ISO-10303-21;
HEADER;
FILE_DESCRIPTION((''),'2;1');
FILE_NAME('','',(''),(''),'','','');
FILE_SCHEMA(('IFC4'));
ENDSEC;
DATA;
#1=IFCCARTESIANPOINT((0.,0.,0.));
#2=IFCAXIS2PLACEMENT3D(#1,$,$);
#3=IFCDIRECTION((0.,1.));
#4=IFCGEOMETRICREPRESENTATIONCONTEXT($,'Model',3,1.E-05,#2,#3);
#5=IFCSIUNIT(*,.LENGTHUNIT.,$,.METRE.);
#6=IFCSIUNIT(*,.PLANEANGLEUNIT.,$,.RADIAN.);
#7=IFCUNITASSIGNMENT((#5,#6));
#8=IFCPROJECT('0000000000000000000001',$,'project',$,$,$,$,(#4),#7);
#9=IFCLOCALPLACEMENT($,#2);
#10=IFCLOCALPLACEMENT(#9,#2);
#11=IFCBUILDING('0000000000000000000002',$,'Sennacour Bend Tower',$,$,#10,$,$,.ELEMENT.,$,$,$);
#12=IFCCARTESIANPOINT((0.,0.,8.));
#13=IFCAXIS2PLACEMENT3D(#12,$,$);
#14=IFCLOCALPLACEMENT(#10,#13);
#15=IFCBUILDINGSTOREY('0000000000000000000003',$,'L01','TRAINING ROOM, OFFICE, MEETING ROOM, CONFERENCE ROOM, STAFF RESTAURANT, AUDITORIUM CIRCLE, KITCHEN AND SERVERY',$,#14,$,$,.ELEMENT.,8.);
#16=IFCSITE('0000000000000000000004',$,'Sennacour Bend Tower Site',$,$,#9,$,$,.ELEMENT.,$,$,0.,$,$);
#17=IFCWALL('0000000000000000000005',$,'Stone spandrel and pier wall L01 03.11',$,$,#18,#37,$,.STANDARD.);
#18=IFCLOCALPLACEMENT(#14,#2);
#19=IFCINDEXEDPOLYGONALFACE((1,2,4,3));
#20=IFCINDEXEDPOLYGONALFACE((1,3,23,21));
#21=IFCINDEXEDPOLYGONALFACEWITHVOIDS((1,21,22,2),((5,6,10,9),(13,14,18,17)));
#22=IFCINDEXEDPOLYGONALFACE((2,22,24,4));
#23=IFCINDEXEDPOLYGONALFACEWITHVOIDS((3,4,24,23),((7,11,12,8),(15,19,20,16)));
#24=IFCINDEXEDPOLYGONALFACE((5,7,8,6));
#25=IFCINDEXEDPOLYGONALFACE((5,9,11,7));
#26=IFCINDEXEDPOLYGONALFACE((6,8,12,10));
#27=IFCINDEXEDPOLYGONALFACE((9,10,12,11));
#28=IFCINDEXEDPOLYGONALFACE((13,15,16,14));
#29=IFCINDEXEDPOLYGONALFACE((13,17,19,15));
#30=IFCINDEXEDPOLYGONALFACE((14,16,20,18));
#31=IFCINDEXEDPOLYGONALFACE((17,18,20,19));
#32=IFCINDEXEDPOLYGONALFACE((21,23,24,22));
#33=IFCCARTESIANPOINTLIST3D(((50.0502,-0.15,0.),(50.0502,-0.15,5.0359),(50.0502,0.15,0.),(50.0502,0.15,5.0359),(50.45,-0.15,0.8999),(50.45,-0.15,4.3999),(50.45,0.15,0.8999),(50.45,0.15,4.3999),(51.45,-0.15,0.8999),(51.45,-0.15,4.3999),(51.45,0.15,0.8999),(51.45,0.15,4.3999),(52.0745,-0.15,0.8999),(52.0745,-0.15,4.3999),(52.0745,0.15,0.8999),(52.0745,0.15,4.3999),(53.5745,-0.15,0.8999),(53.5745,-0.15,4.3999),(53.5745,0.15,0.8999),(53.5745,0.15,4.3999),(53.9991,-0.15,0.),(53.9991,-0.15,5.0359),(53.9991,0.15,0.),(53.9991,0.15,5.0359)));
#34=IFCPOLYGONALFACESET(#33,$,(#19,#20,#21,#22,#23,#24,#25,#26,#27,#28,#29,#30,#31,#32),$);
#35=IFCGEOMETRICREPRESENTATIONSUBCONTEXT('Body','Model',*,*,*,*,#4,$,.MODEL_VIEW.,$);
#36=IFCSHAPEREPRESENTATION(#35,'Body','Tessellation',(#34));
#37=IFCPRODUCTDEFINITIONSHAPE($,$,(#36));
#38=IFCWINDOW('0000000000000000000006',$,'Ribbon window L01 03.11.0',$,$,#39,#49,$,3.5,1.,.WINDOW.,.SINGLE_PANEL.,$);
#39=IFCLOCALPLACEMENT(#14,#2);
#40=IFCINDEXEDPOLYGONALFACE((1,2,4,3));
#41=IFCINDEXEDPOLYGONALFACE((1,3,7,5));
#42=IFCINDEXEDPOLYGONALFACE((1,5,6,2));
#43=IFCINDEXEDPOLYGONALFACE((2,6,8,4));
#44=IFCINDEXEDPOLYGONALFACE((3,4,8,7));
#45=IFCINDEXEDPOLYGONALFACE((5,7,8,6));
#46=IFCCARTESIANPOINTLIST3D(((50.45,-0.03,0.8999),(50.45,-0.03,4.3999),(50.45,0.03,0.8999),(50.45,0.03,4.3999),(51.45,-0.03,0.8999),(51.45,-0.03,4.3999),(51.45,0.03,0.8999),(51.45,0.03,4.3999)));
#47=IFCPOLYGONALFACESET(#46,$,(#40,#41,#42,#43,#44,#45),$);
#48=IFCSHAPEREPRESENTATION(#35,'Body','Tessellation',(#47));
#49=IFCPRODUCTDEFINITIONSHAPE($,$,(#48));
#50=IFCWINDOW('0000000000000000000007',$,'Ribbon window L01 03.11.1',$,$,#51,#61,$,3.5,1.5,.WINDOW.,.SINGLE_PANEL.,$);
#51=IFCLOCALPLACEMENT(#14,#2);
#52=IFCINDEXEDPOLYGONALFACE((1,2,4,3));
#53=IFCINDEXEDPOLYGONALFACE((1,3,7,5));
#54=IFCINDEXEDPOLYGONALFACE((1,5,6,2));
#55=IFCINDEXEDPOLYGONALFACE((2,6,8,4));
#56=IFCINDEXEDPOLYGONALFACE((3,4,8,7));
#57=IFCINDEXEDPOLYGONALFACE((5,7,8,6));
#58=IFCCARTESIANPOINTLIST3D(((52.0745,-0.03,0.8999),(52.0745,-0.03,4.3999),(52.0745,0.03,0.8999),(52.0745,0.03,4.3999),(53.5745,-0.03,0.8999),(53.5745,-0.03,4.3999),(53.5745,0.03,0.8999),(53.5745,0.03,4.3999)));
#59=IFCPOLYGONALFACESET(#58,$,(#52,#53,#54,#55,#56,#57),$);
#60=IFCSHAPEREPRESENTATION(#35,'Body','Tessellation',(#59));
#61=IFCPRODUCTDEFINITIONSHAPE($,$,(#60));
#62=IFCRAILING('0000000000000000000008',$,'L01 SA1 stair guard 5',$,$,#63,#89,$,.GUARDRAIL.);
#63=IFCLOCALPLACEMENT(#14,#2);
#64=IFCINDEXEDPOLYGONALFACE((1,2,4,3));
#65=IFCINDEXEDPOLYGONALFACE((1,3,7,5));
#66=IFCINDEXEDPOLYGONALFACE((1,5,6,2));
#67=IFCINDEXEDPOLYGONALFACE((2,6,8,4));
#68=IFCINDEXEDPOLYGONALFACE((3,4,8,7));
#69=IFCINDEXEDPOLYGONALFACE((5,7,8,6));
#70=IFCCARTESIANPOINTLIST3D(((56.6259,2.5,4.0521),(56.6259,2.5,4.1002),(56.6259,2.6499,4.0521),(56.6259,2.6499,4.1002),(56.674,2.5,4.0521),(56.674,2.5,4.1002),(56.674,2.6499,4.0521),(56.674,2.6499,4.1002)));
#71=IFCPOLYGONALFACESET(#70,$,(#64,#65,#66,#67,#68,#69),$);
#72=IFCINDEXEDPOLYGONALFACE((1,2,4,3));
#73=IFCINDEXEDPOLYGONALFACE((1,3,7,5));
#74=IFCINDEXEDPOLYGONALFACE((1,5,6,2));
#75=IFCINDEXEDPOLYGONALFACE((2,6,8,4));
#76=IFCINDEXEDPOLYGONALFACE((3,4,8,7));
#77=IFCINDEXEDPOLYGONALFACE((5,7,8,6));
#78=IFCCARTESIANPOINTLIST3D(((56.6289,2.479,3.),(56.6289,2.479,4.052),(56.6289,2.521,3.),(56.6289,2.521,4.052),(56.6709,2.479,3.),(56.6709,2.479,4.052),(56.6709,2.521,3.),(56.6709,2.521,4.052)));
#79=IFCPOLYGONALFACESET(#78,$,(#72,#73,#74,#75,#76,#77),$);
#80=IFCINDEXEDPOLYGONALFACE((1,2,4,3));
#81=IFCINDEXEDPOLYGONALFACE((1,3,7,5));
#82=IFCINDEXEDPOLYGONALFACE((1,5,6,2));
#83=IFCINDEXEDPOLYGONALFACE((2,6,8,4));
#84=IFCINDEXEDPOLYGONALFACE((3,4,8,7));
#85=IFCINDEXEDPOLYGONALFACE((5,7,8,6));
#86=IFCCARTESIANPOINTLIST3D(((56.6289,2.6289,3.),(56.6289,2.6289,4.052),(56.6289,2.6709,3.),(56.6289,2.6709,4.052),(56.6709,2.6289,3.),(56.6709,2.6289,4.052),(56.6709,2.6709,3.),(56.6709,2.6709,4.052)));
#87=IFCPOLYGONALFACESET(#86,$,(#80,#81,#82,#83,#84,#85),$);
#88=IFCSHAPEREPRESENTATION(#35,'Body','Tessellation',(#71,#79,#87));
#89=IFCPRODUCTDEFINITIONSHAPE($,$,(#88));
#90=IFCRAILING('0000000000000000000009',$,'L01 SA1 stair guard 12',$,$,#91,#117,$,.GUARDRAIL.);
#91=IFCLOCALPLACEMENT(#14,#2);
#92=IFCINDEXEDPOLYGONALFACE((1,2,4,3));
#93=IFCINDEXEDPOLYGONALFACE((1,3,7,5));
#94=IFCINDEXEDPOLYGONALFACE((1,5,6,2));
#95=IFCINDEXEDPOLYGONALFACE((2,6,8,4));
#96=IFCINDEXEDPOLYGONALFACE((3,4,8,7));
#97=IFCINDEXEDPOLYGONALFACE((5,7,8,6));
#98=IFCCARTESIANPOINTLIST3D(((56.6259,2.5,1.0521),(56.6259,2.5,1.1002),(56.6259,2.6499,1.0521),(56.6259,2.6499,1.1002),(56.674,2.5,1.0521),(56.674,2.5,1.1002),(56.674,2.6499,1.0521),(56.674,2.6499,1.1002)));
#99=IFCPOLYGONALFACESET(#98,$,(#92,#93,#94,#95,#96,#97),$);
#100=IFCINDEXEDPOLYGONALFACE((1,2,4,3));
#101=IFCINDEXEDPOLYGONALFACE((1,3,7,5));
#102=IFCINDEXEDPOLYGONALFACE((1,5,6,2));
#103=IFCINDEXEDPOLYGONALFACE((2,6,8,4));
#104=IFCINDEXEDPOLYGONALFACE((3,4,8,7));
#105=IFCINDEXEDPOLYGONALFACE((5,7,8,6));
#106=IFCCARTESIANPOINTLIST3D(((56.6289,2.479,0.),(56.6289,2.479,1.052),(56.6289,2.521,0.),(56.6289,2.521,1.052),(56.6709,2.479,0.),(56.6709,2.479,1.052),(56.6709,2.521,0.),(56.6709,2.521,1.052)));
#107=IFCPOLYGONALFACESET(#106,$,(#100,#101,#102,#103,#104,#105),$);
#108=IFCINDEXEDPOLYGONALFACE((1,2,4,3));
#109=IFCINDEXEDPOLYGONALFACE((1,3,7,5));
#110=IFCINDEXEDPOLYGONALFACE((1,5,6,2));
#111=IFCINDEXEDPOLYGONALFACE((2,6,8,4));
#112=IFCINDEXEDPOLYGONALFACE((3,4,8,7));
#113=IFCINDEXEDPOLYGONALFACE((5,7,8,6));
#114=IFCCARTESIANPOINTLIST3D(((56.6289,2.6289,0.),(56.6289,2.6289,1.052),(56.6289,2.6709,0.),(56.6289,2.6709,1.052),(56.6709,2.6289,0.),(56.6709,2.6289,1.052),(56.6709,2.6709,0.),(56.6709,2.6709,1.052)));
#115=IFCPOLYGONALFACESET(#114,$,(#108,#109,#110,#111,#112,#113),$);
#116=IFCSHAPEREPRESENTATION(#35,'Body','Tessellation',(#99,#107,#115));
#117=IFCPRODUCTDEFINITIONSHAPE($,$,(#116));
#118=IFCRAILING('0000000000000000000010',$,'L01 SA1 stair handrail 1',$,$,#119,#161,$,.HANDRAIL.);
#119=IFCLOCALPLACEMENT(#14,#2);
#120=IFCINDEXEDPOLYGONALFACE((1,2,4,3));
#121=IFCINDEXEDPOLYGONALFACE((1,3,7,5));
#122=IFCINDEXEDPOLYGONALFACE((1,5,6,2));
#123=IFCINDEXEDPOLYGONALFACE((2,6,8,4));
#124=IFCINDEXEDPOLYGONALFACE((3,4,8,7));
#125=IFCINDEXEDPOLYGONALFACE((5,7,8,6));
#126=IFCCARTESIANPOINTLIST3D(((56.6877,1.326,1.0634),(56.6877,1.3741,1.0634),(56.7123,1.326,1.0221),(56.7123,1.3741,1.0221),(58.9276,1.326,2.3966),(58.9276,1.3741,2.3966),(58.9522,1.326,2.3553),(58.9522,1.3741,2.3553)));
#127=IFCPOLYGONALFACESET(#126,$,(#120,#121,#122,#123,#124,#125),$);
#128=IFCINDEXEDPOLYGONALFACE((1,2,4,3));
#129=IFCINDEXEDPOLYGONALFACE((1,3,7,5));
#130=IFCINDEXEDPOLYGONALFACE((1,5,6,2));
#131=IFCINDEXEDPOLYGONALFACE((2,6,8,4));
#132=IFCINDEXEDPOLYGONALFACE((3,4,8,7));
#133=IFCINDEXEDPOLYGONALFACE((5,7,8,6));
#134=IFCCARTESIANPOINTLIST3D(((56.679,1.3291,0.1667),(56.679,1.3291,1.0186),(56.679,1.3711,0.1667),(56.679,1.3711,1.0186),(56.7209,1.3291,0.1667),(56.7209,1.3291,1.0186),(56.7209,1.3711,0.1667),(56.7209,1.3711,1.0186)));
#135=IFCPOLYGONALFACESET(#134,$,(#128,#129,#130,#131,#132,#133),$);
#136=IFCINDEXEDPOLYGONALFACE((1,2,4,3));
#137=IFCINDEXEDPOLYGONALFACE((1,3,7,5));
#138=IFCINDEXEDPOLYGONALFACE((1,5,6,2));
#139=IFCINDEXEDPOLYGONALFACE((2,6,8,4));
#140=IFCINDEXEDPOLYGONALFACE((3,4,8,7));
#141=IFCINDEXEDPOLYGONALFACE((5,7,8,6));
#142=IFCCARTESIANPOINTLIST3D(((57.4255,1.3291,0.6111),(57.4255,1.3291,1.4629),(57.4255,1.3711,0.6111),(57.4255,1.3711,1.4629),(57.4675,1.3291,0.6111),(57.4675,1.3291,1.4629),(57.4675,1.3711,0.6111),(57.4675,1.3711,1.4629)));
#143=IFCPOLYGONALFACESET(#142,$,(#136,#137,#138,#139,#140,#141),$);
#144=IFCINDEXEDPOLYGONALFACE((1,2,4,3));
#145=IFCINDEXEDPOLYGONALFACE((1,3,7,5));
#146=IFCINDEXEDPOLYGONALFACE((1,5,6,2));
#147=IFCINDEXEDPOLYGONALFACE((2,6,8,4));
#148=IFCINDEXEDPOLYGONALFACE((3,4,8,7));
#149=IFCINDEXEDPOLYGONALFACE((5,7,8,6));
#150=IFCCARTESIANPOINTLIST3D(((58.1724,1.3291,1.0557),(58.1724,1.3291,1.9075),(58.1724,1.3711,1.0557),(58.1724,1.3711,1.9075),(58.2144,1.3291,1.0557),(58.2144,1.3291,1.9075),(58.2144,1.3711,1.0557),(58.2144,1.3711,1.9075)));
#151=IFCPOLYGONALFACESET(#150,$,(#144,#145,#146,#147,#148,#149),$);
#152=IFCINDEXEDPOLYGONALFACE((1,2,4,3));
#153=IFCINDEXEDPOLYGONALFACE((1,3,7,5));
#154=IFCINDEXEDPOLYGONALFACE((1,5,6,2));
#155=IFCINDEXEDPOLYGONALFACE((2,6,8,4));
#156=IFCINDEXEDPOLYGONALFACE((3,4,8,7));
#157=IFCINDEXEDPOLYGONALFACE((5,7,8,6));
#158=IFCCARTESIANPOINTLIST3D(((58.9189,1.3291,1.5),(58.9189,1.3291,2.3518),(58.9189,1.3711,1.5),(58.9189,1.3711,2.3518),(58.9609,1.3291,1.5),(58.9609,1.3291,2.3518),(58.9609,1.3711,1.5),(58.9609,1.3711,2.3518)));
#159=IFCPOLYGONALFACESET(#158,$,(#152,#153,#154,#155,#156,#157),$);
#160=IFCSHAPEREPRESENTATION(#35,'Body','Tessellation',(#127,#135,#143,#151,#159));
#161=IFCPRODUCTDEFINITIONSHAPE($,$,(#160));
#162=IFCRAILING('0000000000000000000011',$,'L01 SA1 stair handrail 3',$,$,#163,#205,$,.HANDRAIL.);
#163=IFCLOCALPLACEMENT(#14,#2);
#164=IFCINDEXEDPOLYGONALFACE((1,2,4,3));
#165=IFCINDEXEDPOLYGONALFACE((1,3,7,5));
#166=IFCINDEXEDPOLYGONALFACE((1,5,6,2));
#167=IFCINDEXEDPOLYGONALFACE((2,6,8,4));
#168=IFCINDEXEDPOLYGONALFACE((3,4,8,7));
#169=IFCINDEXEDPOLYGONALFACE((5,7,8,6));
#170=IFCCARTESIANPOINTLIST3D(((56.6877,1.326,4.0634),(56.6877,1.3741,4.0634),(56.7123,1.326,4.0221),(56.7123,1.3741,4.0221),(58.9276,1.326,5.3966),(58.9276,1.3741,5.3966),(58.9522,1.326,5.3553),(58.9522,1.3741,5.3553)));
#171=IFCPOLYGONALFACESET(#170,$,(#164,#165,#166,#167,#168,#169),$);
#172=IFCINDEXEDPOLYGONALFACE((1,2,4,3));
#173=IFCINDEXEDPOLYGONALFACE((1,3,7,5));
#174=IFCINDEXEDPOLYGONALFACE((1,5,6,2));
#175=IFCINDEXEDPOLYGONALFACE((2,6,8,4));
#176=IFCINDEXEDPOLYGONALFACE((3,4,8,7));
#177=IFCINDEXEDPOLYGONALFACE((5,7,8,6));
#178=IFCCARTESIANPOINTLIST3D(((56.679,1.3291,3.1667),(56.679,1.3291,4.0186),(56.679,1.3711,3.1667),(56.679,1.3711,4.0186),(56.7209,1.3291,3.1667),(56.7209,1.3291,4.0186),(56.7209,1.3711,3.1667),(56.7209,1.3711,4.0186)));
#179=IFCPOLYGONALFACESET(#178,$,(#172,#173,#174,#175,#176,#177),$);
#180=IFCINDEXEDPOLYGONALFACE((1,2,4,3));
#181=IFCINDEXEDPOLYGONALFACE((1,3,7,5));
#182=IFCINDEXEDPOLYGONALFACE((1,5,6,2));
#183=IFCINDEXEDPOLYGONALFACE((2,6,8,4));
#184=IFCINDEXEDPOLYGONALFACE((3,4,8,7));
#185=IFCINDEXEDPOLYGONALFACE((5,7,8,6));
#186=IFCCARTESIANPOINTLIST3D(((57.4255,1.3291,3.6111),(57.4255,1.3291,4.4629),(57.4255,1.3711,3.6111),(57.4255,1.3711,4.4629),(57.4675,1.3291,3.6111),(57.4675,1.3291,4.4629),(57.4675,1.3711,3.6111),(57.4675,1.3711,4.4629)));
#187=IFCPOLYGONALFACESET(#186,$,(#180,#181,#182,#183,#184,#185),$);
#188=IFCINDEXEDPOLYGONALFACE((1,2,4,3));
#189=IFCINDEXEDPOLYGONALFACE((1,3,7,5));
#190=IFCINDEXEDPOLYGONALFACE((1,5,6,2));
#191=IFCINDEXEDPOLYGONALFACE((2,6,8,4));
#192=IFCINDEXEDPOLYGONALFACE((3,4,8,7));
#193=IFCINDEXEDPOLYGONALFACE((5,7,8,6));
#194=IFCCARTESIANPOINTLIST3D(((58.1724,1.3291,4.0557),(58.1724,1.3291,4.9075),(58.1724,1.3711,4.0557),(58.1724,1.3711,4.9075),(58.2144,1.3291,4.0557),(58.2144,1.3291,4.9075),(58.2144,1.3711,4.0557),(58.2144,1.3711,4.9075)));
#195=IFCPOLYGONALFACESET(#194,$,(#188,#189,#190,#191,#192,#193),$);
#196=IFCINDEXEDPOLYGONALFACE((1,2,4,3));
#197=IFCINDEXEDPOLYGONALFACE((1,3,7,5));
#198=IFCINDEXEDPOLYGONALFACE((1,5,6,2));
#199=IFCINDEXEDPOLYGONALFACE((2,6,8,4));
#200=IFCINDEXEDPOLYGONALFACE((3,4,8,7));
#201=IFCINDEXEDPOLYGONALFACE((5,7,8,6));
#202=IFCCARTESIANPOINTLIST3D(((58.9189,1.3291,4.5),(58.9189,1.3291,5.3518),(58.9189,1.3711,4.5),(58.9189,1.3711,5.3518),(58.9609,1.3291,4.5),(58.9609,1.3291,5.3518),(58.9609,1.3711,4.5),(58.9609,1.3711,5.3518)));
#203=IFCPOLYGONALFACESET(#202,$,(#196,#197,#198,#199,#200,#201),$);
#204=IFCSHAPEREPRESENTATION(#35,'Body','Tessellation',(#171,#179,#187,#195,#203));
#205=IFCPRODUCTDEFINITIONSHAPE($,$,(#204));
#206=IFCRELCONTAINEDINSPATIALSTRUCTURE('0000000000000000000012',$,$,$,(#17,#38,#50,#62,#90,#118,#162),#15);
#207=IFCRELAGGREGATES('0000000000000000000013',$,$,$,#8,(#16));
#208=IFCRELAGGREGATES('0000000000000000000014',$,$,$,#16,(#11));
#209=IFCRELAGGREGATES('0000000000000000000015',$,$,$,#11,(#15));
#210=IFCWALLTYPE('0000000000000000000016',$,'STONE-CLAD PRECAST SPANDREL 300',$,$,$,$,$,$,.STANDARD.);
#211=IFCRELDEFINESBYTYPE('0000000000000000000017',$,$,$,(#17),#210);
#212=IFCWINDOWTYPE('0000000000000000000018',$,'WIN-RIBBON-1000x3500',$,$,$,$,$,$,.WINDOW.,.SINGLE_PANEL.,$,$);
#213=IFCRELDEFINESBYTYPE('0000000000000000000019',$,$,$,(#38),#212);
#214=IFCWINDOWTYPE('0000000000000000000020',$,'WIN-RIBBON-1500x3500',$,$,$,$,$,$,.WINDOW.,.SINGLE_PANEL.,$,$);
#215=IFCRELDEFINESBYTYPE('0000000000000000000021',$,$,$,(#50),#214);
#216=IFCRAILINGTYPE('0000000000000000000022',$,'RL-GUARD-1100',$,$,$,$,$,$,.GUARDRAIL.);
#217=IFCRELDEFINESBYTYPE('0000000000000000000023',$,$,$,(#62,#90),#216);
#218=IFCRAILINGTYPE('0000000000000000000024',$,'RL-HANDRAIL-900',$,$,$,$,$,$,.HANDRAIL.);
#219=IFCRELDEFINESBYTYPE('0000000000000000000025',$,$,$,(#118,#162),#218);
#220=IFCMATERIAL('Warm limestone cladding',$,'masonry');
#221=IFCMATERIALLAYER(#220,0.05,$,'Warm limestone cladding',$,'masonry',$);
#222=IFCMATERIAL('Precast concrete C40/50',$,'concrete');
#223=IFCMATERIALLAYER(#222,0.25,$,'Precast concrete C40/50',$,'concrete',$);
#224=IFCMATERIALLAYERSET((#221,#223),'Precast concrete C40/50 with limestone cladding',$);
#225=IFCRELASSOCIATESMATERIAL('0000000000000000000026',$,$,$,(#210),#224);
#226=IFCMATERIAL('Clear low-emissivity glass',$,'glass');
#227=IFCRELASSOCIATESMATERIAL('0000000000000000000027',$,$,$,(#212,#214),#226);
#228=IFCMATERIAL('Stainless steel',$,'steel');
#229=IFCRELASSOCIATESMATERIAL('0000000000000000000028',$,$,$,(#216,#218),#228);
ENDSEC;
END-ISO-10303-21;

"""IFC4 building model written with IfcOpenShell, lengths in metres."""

from ifc_helpers import new_model, si_unit, direction, frame, frame_2d, origin, origin_2d, place, context, subcontext, project, spatial, rectangle, extrude, material, layer, layer_set, type_object, element, fill, save


model = new_model("IFC4")

# Units and contexts
model_context = context("Model", 3, precision=1e-05, world=origin(), true_north=direction((0.0, 1.0)))
body_context = subcontext(model_context, "Body", "Model", "MODEL_VIEW")
ifc_project = project(units=[si_unit("LENGTHUNIT", "METRE"), si_unit("PLANEANGLEUNIT", "RADIAN")], contexts=[model_context])

# Site, building, storey
site_placement = place(None, origin())
site = spatial("IfcSite", under=ifc_project, at=site_placement, Name="Sennacour Bend Tower Site", CompositionType="ELEMENT", RefElevation=0.0)
building_placement = place(site_placement, origin())
building = spatial("IfcBuilding", under=site, at=building_placement, Name="Sennacour Bend Tower", CompositionType="ELEMENT")
storey_placement = place(building_placement, frame((0.0, 0.0, 8.0)))
storey = spatial("IfcBuildingStorey", under=building, at=storey_placement, Name="L01", Description="TRAINING ROOM, OFFICE, MEETING ROOM, CONFERENCE ROOM, STAFF RESTAURANT, AUDITORIUM CIRCLE, KITCHEN AND SERVERY", CompositionType="ELEMENT", Elevation=8.0)

# Wall, openings, windows
ifc_material_1 = material(Name="Warm limestone cladding", Category="masonry")
ifc_layer_1 = layer(ifc_material_1, 0.05, Name="Warm limestone cladding", Category="masonry")
ifc_material_2 = material(Name="Precast concrete C40/50", Category="concrete")
ifc_layer_2 = layer(ifc_material_2, 0.25, Name="Precast concrete C40/50", Category="concrete")
ifc_layer_set_1 = layer_set([ifc_layer_1, ifc_layer_2], Name="Precast concrete C40/50 with limestone cladding")
wall_type_1 = type_object("IfcWallType", Name="STONE-CLAD PRECAST SPANDREL 300", PredefinedType="STANDARD", material=ifc_layer_set_1)
ifc_material_3 = material(Name="Clear low-emissivity glass", Category="glass")
window_type_1 = type_object("IfcWindowType", Name="WIN-RIBBON-1000x3500", PartitioningType="SINGLE_PANEL", PredefinedType="WINDOW", material=ifc_material_3)
wall_1_placement = place(storey_placement, frame((50.05, 0.0, 0.0), z_axis=(0.0, 0.0, 1.0), x_axis=(1.0, 0.0, 0.0)))
wall_1 = element("IfcWall", 1, at=wall_1_placement, inside=storey, type_object=wall_type_1, Name="Stone spandrel and pier wall L01 03.11", PredefinedType="STANDARD", context=body_context, shape_type="SweptSolid", body=[
    extrude(rectangle(XDim=3.949, YDim=0.3, at=frame_2d((1.9746, 0.0))), origin(), (0.0, 0.0, 1.0), 5.0359),
])
opening_1_placement = place(wall_1_placement, frame((0.3999, 0.0, 0.8999)))
opening_1 = element("IfcOpeningElement", 2, at=opening_1_placement, cuts=wall_1, PredefinedType="OPENING", context=body_context, shape_type="SweptSolid", body=[
    extrude(rectangle(XDim=1.0, YDim=3.5, at=frame_2d((0.5, 1.75))), frame((0.0, 0.1602, 0.0), z_axis=(0.0, -1.0, 0.0), x_axis=(1.0, 0.0, 0.0)), (0.0, 0.0, 1.0), 0.3201),
])
opening_2_placement = place(wall_1_placement, frame((2.0244, 0.0, 0.8999)))
opening_2 = element("IfcOpeningElement", 3, at=opening_2_placement, cuts=wall_1, PredefinedType="OPENING", context=body_context, shape_type="SweptSolid", body=[
    extrude(rectangle(XDim=1.5, YDim=3.5, at=frame_2d((0.75, 1.75))), frame((0.0, 0.1602, 0.0), z_axis=(0.0, -1.0, 0.0), x_axis=(1.0, 0.0, 0.0)), (0.0, 0.0, 1.0), 0.3201),
])
window_1_placement = place(opening_1_placement, origin())
window_1 = element("IfcWindow", 4, at=window_1_placement, inside=storey, type_object=window_type_1, Name="Ribbon window L01 03.11.0", OverallHeight=3.5, OverallWidth=1.0, PartitioningType="SINGLE_PANEL", PredefinedType="WINDOW", context=body_context, shape_type="SweptSolid", body=[
    extrude(rectangle(XDim=1.0, YDim=3.5, at=frame_2d((0.5, 1.75))), frame((0.0, 0.03, 0.0), z_axis=(0.0, -1.0, 0.0), x_axis=(1.0, 0.0, 0.0)), (0.0, 0.0, 1.0), 0.0601),
])
fill(opening_1, window_1)
window_type_2 = type_object("IfcWindowType", Name="WIN-RIBBON-1500x3500", PartitioningType="SINGLE_PANEL", PredefinedType="WINDOW", material=ifc_material_3)
window_2_placement = place(opening_2_placement, origin())
window_2 = element("IfcWindow", 5, at=window_2_placement, inside=storey, type_object=window_type_2, Name="Ribbon window L01 03.11.1", OverallHeight=3.5, OverallWidth=1.5, PartitioningType="SINGLE_PANEL", PredefinedType="WINDOW", context=body_context, shape_type="SweptSolid", body=[
    extrude(rectangle(XDim=1.5, YDim=3.5, at=frame_2d((0.75, 1.75))), frame((0.0, 0.03, 0.0), z_axis=(0.0, -1.0, 0.0), x_axis=(1.0, 0.0, 0.0)), (0.0, 0.0, 1.0), 0.0601),
])
fill(opening_2, window_2)

# Railings
ifc_material_4 = material(Name="Stainless steel", Category="steel")
railing_type_1 = type_object("IfcRailingType", Name="RL-GUARD-1100", PredefinedType="GUARDRAIL", material=ifc_material_4)
for number, where, name in (
    (6, (56.6499, 2.5, 3.0), "L01 SA1 stair guard 5"),
    (7, (56.6499, 2.5, 0.0), "L01 SA1 stair guard 12"),
):
    element("IfcRailing", number, at=place(storey_placement, frame(where)), inside=storey, type_object=railing_type_1, Name=name, PredefinedType="GUARDRAIL", context=body_context, shape_type="SweptSolid", body=[
        extrude(rectangle(XDim=0.0481, YDim=0.0481, at=origin_2d()), frame((0.0, 0.0, 1.0762), z_axis=(0.0, 1.0, 0.0), x_axis=(-1.0, 0.0, 0.0)), (0.0, 0.0, 1.0), 0.1499),
        extrude(rectangle(XDim=0.042, YDim=0.042, at=origin_2d()), origin(), (0.0, 0.0, 1.0), 1.052),
        extrude(rectangle(XDim=0.042, YDim=0.042, at=origin_2d()), frame((0.0, 0.1499, 0.0)), (0.0, 0.0, 1.0), 1.052),
    ])
railing_type_2 = type_object("IfcRailingType", Name="RL-HANDRAIL-900", PredefinedType="HANDRAIL", material=ifc_material_4)
for number, where, name in (
    (8, (56.7, 1.3501, 0.1667), "L01 SA1 stair handrail 1"),
    (9, (56.7, 1.3501, 3.1667), "L01 SA1 stair handrail 3"),
):
    element("IfcRailing", number, at=place(storey_placement, frame(where)), inside=storey, type_object=railing_type_2, Name=name, PredefinedType="HANDRAIL", context=body_context, shape_type="SweptSolid", body=[
        extrude(rectangle(XDim=0.0481, YDim=0.0481, at=origin_2d()), frame((0.0, 0.0, 0.876), z_axis=(0.859306, 0.0, 0.511462), x_axis=(0.0, 1.0, 0.0)), (0.0, 0.0, 1.0), 2.6067),
        extrude(rectangle(XDim=0.042, YDim=0.042, at=origin_2d()), origin(), (0.0, 0.0, 1.0), 0.8518),
        extrude(rectangle(XDim=0.042, YDim=0.042, at=origin_2d()), frame((0.7466, 0.0, 0.4443)), (0.0, 0.0, 1.0), 0.8518),
        extrude(rectangle(XDim=0.042, YDim=0.042, at=origin_2d()), frame((1.4934, 0.0, 0.8889)), (0.0, 0.0, 1.0), 0.8518),
        extrude(rectangle(XDim=0.042, YDim=0.042, at=origin_2d()), frame((2.24, 0.0, 1.3333)), (0.0, 0.0, 1.0), 0.8518),
    ])

save(model, "model.ifc")
